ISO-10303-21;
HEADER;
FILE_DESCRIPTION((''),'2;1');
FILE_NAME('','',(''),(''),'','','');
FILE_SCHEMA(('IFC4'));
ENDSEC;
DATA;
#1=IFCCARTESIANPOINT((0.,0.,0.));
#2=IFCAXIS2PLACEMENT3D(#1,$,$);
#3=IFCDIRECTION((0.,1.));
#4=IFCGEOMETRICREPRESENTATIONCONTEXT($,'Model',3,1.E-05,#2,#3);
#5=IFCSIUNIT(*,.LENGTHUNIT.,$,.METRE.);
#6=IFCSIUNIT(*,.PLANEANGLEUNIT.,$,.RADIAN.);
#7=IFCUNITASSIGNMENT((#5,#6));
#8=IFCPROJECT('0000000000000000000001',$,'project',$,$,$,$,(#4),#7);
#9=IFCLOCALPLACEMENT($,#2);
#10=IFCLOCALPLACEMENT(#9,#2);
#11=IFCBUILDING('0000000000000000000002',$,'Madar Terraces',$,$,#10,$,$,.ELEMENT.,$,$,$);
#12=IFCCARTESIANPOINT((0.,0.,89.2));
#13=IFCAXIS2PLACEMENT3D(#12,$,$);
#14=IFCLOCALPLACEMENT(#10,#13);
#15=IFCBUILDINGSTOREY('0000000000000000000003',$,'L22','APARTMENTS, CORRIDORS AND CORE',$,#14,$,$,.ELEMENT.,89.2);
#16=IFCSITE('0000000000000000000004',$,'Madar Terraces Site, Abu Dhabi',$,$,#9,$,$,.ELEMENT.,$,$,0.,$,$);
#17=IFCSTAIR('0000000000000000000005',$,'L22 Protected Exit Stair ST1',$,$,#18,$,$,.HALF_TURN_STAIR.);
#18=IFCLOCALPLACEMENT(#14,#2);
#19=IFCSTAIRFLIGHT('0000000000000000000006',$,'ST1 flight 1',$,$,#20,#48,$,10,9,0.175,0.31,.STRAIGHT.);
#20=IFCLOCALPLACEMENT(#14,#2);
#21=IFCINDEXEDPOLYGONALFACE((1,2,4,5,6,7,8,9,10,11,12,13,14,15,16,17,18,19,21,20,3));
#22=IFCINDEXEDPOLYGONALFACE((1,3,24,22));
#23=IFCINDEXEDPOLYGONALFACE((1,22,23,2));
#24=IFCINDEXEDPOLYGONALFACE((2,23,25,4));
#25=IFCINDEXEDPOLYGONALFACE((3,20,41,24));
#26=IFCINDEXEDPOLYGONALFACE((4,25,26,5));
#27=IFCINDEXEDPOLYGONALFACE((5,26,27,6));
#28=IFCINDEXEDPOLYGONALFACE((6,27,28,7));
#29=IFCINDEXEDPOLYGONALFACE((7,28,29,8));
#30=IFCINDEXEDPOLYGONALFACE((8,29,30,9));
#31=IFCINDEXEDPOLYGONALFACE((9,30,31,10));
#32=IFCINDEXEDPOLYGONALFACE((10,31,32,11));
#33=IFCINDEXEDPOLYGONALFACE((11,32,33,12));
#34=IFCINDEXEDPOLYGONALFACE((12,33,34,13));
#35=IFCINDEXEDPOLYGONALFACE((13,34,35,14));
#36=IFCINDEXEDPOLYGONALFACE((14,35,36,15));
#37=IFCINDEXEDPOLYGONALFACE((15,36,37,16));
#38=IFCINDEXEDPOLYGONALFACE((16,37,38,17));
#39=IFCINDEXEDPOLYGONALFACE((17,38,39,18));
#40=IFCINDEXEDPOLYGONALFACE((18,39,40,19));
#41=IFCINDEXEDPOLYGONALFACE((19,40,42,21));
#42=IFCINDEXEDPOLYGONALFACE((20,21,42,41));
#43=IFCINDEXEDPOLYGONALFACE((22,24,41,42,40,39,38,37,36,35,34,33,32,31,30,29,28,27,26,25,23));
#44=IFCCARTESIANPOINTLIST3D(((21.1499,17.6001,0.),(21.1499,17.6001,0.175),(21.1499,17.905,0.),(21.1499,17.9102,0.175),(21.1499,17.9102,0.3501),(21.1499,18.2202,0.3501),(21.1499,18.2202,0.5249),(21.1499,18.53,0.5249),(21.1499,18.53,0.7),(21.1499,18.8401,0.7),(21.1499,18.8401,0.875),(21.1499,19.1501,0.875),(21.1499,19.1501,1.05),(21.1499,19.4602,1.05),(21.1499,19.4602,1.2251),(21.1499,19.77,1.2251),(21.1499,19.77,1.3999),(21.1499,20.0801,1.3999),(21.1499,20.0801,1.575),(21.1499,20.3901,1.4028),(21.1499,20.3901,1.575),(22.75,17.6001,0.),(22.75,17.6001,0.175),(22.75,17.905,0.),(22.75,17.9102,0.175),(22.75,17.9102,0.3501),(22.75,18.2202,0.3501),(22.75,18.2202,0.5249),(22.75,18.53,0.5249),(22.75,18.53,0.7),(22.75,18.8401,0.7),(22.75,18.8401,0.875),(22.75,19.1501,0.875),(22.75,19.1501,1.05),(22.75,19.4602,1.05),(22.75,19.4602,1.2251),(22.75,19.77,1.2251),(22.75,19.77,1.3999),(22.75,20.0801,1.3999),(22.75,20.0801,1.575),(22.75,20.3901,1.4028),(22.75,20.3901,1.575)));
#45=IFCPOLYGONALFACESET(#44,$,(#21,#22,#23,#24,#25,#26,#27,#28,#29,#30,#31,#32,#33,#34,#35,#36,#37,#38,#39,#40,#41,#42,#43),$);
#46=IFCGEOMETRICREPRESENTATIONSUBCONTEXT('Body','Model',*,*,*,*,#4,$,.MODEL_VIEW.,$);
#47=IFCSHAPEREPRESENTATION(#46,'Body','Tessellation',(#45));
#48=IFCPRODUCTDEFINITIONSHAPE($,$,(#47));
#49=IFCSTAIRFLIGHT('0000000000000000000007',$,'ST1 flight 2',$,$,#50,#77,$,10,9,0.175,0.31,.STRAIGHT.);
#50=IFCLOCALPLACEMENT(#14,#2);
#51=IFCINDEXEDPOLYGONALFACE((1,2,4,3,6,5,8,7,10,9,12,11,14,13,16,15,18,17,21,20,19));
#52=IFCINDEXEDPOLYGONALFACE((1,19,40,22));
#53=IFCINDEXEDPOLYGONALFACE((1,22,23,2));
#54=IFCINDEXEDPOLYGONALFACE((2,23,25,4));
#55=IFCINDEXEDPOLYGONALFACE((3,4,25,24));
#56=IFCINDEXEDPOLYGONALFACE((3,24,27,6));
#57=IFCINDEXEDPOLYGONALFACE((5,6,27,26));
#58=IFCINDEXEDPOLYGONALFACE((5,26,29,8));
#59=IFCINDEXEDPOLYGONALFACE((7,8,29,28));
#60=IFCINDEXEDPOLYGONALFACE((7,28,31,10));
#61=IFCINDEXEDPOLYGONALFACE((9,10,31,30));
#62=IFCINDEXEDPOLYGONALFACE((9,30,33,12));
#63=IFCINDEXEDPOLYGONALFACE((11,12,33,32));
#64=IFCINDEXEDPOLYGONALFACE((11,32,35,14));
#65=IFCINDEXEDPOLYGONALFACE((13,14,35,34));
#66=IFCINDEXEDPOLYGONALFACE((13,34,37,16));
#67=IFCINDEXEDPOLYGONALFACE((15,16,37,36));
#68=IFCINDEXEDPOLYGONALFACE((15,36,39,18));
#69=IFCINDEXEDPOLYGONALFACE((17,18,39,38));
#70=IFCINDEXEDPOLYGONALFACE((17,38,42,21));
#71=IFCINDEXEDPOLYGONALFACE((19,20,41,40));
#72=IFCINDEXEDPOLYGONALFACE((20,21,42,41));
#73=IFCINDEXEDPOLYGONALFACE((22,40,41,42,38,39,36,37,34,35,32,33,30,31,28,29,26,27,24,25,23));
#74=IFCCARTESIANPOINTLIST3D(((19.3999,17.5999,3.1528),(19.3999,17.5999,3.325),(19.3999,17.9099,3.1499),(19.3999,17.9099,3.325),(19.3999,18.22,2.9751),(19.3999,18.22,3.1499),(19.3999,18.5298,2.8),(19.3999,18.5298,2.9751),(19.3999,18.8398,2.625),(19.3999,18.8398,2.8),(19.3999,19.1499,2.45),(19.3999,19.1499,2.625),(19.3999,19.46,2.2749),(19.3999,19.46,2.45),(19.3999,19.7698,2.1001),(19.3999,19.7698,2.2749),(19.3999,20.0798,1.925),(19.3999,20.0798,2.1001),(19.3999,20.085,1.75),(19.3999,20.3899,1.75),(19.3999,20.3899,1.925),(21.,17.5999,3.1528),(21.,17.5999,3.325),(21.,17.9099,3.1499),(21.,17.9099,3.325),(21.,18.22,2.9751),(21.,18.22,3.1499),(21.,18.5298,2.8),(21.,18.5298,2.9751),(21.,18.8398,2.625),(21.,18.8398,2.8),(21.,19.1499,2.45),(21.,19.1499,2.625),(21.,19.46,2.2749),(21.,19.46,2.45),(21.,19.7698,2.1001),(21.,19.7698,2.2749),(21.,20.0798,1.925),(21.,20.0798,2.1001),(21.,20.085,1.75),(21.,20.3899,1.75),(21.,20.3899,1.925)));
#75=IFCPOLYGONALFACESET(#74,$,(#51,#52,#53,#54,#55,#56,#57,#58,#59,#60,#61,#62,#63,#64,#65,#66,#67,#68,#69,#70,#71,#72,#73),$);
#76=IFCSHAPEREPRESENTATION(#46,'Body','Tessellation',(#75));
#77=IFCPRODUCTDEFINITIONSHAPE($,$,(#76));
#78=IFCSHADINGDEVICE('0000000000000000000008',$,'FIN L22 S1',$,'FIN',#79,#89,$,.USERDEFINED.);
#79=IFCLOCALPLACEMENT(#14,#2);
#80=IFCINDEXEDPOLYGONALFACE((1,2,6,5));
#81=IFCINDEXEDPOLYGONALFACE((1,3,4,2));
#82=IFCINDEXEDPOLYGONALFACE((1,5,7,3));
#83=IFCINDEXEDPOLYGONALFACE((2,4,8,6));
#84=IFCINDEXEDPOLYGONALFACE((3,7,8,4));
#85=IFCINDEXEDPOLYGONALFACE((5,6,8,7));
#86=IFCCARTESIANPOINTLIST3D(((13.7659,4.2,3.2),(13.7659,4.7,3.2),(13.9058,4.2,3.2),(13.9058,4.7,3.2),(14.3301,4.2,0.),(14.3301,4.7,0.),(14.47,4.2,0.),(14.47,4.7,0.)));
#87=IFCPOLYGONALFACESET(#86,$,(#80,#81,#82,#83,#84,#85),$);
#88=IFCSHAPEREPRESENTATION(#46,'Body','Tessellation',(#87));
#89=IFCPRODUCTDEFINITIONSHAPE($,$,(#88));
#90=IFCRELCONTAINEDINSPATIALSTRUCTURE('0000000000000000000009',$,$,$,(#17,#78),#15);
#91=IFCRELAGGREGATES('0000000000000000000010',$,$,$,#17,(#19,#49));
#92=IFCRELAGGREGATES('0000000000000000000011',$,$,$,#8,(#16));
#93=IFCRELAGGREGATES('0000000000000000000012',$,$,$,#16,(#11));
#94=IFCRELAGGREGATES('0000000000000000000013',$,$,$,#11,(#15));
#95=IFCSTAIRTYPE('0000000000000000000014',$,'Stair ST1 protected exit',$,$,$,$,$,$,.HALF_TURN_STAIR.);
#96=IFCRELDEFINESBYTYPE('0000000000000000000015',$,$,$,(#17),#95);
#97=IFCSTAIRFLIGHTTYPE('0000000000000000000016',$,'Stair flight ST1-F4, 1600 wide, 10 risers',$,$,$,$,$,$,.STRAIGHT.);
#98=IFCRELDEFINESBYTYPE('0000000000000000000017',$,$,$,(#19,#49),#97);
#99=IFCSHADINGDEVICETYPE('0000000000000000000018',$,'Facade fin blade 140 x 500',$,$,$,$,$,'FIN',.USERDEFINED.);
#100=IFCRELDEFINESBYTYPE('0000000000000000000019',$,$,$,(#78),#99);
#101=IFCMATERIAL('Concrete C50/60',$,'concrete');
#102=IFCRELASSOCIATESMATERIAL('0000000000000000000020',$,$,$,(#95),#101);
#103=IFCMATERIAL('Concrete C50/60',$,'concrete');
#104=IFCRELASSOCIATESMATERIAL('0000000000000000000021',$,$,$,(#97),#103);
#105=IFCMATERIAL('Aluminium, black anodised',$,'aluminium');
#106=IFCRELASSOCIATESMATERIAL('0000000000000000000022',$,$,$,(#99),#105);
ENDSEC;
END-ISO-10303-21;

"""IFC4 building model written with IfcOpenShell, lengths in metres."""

from ifc_helpers import new_model, si_unit, direction, frame, origin, place, context, subcontext, project, spatial, polyline, outline, extrude, material, type_object, element, aggregate, save


model = new_model("IFC4")

# Units and contexts
model_context = context("Model", 3, precision=1e-05, world=origin(), true_north=direction((0.0, 1.0)))
body_context = subcontext(model_context, "Body", "Model", "MODEL_VIEW")
ifc_project = project(units=[si_unit("LENGTHUNIT", "METRE"), si_unit("PLANEANGLEUNIT", "RADIAN")], contexts=[model_context])

# Site, building, storey
site_placement = place(None, origin())
site = spatial("IfcSite", under=ifc_project, at=site_placement, Name="Madar Terraces Site, Abu Dhabi", CompositionType="ELEMENT", RefElevation=0.0)
building_placement = place(site_placement, origin())
building = spatial("IfcBuilding", under=site, at=building_placement, Name="Madar Terraces", CompositionType="ELEMENT")
storey_placement = place(building_placement, frame((0.0, 0.0, 89.2)))
storey = spatial("IfcBuildingStorey", under=building, at=storey_placement, Name="L22", Description="APARTMENTS, CORRIDORS AND CORE", CompositionType="ELEMENT", Elevation=89.2)

# Stair, stair flights
ifc_material_1 = material(Name="Concrete C50/60", Category="concrete")
stair_type = type_object("IfcStairType", Name="Stair ST1 protected exit", PredefinedType="HALF_TURN_STAIR", material=ifc_material_1)
stair_placement = place(storey_placement, origin())
stair = element("IfcStair", 1, at=stair_placement, inside=storey, type_object=stair_type, Name="L22 Protected Exit Stair ST1", PredefinedType="HALF_TURN_STAIR")
ifc_material_2 = material(Name="Concrete C50/60", Category="concrete")
stair_flight_type = type_object("IfcStairFlightType", Name="Stair flight ST1-F4, 1600 wide, 10 risers", PredefinedType="STRAIGHT", material=ifc_material_2)
stair_flight_1_placement = place(storey_placement, frame((21.95, 17.6001, 0.0), z_axis=(0.0, 0.0, 1.0), x_axis=(0.0, 1.0, 0.0)))
stair_flight_1 = element("IfcStairFlight", 2, at=stair_flight_1_placement, type_object=stair_flight_type, Name="ST1 flight 1", NumberOfRisers=10, NumberOfTreads=9, PredefinedType="STRAIGHT", RiserHeight=0.175, TreadLength=0.31, context=body_context, shape_type="SweptSolid", body=[
    extrude(outline(polyline([(0.0, 0.0), (0.0, 0.175), (0.3101, 0.175), (0.3101, 0.3501), (0.6201, 0.3501), (0.6201, 0.5249), (0.9299, 0.5249), (0.9299, 0.7), (1.24, 0.7), (1.24, 0.875), (1.55, 0.875), (1.55, 1.05), (1.8601, 1.05), (1.8601, 1.2251), (2.1699, 1.2251), (2.1699, 1.3999), (2.48, 1.3999), (2.48, 1.575), (2.79, 1.575), (2.79, 1.75), (2.79, 1.4028), (0.3049, 0.0), (0.0, 0.0)])), frame((0.0, 0.8, 0.0), z_axis=(0.0, -1.0, 0.0), x_axis=(1.0, 0.0, 0.0)), (0.0, 0.0, 1.0), 1.6001),
])
stair_flight_2_placement = place(storey_placement, frame((20.2, 20.3899, 1.75), z_axis=(0.0, 0.0, 1.0), x_axis=(0.0, -1.0, 0.0)))
stair_flight_2 = element("IfcStairFlight", 3, at=stair_flight_2_placement, type_object=stair_flight_type, Name="ST1 flight 2", NumberOfRisers=10, NumberOfTreads=9, PredefinedType="STRAIGHT", RiserHeight=0.175, TreadLength=0.31, context=body_context, shape_type="SweptSolid", body=[
    extrude(outline(polyline([(0.0, 0.0), (0.0, 0.175), (0.3101, 0.175), (0.3101, 0.3501), (0.6201, 0.3501), (0.6201, 0.5249), (0.9299, 0.5249), (0.9299, 0.7), (1.24, 0.7), (1.24, 0.875), (1.55, 0.875), (1.55, 1.05), (1.8601, 1.05), (1.8601, 1.2251), (2.1699, 1.2251), (2.1699, 1.3999), (2.48, 1.3999), (2.48, 1.575), (2.79, 1.575), (2.79, 1.75), (2.79, 1.4028), (0.3049, 0.0), (0.0, 0.0)])), frame((0.0, 0.8, 0.0), z_axis=(0.0, -1.0, 0.0), x_axis=(1.0, 0.0, 0.0)), (0.0, 0.0, 1.0), 1.6001),
])
aggregate(stair, [stair_flight_1, stair_flight_2])

# Shading device
ifc_material_3 = material(Name="Aluminium, black anodised", Category="aluminium")
shading_device_type = type_object("IfcShadingDeviceType", Name="Facade fin blade 140 x 500", ElementType="FIN", PredefinedType="USERDEFINED", material=ifc_material_3)
shading_device_placement = place(storey_placement, frame((14.3301, 4.45, 0.0), z_axis=(0.0, 0.0, 1.0), x_axis=(1.0, 0.0, 0.0)))
element("IfcShadingDevice", 4, at=shading_device_placement, inside=storey, type_object=shading_device_type, Name="FIN L22 S1", ObjectType="FIN", PredefinedType="USERDEFINED", context=body_context, shape_type="SweptSolid", body=[
    extrude(outline(polyline([(0.0, 0.0), (0.1399, 0.0), (-0.4243, 3.2), (-0.5642, 3.2), (0.0, 0.0)])), frame((0.0, 0.25, 0.0), z_axis=(0.0, -1.0, 0.0), x_axis=(1.0, 0.0, 0.0)), (0.0, 0.0, 1.0), 0.5),
])

save(model, "model.ifc")
